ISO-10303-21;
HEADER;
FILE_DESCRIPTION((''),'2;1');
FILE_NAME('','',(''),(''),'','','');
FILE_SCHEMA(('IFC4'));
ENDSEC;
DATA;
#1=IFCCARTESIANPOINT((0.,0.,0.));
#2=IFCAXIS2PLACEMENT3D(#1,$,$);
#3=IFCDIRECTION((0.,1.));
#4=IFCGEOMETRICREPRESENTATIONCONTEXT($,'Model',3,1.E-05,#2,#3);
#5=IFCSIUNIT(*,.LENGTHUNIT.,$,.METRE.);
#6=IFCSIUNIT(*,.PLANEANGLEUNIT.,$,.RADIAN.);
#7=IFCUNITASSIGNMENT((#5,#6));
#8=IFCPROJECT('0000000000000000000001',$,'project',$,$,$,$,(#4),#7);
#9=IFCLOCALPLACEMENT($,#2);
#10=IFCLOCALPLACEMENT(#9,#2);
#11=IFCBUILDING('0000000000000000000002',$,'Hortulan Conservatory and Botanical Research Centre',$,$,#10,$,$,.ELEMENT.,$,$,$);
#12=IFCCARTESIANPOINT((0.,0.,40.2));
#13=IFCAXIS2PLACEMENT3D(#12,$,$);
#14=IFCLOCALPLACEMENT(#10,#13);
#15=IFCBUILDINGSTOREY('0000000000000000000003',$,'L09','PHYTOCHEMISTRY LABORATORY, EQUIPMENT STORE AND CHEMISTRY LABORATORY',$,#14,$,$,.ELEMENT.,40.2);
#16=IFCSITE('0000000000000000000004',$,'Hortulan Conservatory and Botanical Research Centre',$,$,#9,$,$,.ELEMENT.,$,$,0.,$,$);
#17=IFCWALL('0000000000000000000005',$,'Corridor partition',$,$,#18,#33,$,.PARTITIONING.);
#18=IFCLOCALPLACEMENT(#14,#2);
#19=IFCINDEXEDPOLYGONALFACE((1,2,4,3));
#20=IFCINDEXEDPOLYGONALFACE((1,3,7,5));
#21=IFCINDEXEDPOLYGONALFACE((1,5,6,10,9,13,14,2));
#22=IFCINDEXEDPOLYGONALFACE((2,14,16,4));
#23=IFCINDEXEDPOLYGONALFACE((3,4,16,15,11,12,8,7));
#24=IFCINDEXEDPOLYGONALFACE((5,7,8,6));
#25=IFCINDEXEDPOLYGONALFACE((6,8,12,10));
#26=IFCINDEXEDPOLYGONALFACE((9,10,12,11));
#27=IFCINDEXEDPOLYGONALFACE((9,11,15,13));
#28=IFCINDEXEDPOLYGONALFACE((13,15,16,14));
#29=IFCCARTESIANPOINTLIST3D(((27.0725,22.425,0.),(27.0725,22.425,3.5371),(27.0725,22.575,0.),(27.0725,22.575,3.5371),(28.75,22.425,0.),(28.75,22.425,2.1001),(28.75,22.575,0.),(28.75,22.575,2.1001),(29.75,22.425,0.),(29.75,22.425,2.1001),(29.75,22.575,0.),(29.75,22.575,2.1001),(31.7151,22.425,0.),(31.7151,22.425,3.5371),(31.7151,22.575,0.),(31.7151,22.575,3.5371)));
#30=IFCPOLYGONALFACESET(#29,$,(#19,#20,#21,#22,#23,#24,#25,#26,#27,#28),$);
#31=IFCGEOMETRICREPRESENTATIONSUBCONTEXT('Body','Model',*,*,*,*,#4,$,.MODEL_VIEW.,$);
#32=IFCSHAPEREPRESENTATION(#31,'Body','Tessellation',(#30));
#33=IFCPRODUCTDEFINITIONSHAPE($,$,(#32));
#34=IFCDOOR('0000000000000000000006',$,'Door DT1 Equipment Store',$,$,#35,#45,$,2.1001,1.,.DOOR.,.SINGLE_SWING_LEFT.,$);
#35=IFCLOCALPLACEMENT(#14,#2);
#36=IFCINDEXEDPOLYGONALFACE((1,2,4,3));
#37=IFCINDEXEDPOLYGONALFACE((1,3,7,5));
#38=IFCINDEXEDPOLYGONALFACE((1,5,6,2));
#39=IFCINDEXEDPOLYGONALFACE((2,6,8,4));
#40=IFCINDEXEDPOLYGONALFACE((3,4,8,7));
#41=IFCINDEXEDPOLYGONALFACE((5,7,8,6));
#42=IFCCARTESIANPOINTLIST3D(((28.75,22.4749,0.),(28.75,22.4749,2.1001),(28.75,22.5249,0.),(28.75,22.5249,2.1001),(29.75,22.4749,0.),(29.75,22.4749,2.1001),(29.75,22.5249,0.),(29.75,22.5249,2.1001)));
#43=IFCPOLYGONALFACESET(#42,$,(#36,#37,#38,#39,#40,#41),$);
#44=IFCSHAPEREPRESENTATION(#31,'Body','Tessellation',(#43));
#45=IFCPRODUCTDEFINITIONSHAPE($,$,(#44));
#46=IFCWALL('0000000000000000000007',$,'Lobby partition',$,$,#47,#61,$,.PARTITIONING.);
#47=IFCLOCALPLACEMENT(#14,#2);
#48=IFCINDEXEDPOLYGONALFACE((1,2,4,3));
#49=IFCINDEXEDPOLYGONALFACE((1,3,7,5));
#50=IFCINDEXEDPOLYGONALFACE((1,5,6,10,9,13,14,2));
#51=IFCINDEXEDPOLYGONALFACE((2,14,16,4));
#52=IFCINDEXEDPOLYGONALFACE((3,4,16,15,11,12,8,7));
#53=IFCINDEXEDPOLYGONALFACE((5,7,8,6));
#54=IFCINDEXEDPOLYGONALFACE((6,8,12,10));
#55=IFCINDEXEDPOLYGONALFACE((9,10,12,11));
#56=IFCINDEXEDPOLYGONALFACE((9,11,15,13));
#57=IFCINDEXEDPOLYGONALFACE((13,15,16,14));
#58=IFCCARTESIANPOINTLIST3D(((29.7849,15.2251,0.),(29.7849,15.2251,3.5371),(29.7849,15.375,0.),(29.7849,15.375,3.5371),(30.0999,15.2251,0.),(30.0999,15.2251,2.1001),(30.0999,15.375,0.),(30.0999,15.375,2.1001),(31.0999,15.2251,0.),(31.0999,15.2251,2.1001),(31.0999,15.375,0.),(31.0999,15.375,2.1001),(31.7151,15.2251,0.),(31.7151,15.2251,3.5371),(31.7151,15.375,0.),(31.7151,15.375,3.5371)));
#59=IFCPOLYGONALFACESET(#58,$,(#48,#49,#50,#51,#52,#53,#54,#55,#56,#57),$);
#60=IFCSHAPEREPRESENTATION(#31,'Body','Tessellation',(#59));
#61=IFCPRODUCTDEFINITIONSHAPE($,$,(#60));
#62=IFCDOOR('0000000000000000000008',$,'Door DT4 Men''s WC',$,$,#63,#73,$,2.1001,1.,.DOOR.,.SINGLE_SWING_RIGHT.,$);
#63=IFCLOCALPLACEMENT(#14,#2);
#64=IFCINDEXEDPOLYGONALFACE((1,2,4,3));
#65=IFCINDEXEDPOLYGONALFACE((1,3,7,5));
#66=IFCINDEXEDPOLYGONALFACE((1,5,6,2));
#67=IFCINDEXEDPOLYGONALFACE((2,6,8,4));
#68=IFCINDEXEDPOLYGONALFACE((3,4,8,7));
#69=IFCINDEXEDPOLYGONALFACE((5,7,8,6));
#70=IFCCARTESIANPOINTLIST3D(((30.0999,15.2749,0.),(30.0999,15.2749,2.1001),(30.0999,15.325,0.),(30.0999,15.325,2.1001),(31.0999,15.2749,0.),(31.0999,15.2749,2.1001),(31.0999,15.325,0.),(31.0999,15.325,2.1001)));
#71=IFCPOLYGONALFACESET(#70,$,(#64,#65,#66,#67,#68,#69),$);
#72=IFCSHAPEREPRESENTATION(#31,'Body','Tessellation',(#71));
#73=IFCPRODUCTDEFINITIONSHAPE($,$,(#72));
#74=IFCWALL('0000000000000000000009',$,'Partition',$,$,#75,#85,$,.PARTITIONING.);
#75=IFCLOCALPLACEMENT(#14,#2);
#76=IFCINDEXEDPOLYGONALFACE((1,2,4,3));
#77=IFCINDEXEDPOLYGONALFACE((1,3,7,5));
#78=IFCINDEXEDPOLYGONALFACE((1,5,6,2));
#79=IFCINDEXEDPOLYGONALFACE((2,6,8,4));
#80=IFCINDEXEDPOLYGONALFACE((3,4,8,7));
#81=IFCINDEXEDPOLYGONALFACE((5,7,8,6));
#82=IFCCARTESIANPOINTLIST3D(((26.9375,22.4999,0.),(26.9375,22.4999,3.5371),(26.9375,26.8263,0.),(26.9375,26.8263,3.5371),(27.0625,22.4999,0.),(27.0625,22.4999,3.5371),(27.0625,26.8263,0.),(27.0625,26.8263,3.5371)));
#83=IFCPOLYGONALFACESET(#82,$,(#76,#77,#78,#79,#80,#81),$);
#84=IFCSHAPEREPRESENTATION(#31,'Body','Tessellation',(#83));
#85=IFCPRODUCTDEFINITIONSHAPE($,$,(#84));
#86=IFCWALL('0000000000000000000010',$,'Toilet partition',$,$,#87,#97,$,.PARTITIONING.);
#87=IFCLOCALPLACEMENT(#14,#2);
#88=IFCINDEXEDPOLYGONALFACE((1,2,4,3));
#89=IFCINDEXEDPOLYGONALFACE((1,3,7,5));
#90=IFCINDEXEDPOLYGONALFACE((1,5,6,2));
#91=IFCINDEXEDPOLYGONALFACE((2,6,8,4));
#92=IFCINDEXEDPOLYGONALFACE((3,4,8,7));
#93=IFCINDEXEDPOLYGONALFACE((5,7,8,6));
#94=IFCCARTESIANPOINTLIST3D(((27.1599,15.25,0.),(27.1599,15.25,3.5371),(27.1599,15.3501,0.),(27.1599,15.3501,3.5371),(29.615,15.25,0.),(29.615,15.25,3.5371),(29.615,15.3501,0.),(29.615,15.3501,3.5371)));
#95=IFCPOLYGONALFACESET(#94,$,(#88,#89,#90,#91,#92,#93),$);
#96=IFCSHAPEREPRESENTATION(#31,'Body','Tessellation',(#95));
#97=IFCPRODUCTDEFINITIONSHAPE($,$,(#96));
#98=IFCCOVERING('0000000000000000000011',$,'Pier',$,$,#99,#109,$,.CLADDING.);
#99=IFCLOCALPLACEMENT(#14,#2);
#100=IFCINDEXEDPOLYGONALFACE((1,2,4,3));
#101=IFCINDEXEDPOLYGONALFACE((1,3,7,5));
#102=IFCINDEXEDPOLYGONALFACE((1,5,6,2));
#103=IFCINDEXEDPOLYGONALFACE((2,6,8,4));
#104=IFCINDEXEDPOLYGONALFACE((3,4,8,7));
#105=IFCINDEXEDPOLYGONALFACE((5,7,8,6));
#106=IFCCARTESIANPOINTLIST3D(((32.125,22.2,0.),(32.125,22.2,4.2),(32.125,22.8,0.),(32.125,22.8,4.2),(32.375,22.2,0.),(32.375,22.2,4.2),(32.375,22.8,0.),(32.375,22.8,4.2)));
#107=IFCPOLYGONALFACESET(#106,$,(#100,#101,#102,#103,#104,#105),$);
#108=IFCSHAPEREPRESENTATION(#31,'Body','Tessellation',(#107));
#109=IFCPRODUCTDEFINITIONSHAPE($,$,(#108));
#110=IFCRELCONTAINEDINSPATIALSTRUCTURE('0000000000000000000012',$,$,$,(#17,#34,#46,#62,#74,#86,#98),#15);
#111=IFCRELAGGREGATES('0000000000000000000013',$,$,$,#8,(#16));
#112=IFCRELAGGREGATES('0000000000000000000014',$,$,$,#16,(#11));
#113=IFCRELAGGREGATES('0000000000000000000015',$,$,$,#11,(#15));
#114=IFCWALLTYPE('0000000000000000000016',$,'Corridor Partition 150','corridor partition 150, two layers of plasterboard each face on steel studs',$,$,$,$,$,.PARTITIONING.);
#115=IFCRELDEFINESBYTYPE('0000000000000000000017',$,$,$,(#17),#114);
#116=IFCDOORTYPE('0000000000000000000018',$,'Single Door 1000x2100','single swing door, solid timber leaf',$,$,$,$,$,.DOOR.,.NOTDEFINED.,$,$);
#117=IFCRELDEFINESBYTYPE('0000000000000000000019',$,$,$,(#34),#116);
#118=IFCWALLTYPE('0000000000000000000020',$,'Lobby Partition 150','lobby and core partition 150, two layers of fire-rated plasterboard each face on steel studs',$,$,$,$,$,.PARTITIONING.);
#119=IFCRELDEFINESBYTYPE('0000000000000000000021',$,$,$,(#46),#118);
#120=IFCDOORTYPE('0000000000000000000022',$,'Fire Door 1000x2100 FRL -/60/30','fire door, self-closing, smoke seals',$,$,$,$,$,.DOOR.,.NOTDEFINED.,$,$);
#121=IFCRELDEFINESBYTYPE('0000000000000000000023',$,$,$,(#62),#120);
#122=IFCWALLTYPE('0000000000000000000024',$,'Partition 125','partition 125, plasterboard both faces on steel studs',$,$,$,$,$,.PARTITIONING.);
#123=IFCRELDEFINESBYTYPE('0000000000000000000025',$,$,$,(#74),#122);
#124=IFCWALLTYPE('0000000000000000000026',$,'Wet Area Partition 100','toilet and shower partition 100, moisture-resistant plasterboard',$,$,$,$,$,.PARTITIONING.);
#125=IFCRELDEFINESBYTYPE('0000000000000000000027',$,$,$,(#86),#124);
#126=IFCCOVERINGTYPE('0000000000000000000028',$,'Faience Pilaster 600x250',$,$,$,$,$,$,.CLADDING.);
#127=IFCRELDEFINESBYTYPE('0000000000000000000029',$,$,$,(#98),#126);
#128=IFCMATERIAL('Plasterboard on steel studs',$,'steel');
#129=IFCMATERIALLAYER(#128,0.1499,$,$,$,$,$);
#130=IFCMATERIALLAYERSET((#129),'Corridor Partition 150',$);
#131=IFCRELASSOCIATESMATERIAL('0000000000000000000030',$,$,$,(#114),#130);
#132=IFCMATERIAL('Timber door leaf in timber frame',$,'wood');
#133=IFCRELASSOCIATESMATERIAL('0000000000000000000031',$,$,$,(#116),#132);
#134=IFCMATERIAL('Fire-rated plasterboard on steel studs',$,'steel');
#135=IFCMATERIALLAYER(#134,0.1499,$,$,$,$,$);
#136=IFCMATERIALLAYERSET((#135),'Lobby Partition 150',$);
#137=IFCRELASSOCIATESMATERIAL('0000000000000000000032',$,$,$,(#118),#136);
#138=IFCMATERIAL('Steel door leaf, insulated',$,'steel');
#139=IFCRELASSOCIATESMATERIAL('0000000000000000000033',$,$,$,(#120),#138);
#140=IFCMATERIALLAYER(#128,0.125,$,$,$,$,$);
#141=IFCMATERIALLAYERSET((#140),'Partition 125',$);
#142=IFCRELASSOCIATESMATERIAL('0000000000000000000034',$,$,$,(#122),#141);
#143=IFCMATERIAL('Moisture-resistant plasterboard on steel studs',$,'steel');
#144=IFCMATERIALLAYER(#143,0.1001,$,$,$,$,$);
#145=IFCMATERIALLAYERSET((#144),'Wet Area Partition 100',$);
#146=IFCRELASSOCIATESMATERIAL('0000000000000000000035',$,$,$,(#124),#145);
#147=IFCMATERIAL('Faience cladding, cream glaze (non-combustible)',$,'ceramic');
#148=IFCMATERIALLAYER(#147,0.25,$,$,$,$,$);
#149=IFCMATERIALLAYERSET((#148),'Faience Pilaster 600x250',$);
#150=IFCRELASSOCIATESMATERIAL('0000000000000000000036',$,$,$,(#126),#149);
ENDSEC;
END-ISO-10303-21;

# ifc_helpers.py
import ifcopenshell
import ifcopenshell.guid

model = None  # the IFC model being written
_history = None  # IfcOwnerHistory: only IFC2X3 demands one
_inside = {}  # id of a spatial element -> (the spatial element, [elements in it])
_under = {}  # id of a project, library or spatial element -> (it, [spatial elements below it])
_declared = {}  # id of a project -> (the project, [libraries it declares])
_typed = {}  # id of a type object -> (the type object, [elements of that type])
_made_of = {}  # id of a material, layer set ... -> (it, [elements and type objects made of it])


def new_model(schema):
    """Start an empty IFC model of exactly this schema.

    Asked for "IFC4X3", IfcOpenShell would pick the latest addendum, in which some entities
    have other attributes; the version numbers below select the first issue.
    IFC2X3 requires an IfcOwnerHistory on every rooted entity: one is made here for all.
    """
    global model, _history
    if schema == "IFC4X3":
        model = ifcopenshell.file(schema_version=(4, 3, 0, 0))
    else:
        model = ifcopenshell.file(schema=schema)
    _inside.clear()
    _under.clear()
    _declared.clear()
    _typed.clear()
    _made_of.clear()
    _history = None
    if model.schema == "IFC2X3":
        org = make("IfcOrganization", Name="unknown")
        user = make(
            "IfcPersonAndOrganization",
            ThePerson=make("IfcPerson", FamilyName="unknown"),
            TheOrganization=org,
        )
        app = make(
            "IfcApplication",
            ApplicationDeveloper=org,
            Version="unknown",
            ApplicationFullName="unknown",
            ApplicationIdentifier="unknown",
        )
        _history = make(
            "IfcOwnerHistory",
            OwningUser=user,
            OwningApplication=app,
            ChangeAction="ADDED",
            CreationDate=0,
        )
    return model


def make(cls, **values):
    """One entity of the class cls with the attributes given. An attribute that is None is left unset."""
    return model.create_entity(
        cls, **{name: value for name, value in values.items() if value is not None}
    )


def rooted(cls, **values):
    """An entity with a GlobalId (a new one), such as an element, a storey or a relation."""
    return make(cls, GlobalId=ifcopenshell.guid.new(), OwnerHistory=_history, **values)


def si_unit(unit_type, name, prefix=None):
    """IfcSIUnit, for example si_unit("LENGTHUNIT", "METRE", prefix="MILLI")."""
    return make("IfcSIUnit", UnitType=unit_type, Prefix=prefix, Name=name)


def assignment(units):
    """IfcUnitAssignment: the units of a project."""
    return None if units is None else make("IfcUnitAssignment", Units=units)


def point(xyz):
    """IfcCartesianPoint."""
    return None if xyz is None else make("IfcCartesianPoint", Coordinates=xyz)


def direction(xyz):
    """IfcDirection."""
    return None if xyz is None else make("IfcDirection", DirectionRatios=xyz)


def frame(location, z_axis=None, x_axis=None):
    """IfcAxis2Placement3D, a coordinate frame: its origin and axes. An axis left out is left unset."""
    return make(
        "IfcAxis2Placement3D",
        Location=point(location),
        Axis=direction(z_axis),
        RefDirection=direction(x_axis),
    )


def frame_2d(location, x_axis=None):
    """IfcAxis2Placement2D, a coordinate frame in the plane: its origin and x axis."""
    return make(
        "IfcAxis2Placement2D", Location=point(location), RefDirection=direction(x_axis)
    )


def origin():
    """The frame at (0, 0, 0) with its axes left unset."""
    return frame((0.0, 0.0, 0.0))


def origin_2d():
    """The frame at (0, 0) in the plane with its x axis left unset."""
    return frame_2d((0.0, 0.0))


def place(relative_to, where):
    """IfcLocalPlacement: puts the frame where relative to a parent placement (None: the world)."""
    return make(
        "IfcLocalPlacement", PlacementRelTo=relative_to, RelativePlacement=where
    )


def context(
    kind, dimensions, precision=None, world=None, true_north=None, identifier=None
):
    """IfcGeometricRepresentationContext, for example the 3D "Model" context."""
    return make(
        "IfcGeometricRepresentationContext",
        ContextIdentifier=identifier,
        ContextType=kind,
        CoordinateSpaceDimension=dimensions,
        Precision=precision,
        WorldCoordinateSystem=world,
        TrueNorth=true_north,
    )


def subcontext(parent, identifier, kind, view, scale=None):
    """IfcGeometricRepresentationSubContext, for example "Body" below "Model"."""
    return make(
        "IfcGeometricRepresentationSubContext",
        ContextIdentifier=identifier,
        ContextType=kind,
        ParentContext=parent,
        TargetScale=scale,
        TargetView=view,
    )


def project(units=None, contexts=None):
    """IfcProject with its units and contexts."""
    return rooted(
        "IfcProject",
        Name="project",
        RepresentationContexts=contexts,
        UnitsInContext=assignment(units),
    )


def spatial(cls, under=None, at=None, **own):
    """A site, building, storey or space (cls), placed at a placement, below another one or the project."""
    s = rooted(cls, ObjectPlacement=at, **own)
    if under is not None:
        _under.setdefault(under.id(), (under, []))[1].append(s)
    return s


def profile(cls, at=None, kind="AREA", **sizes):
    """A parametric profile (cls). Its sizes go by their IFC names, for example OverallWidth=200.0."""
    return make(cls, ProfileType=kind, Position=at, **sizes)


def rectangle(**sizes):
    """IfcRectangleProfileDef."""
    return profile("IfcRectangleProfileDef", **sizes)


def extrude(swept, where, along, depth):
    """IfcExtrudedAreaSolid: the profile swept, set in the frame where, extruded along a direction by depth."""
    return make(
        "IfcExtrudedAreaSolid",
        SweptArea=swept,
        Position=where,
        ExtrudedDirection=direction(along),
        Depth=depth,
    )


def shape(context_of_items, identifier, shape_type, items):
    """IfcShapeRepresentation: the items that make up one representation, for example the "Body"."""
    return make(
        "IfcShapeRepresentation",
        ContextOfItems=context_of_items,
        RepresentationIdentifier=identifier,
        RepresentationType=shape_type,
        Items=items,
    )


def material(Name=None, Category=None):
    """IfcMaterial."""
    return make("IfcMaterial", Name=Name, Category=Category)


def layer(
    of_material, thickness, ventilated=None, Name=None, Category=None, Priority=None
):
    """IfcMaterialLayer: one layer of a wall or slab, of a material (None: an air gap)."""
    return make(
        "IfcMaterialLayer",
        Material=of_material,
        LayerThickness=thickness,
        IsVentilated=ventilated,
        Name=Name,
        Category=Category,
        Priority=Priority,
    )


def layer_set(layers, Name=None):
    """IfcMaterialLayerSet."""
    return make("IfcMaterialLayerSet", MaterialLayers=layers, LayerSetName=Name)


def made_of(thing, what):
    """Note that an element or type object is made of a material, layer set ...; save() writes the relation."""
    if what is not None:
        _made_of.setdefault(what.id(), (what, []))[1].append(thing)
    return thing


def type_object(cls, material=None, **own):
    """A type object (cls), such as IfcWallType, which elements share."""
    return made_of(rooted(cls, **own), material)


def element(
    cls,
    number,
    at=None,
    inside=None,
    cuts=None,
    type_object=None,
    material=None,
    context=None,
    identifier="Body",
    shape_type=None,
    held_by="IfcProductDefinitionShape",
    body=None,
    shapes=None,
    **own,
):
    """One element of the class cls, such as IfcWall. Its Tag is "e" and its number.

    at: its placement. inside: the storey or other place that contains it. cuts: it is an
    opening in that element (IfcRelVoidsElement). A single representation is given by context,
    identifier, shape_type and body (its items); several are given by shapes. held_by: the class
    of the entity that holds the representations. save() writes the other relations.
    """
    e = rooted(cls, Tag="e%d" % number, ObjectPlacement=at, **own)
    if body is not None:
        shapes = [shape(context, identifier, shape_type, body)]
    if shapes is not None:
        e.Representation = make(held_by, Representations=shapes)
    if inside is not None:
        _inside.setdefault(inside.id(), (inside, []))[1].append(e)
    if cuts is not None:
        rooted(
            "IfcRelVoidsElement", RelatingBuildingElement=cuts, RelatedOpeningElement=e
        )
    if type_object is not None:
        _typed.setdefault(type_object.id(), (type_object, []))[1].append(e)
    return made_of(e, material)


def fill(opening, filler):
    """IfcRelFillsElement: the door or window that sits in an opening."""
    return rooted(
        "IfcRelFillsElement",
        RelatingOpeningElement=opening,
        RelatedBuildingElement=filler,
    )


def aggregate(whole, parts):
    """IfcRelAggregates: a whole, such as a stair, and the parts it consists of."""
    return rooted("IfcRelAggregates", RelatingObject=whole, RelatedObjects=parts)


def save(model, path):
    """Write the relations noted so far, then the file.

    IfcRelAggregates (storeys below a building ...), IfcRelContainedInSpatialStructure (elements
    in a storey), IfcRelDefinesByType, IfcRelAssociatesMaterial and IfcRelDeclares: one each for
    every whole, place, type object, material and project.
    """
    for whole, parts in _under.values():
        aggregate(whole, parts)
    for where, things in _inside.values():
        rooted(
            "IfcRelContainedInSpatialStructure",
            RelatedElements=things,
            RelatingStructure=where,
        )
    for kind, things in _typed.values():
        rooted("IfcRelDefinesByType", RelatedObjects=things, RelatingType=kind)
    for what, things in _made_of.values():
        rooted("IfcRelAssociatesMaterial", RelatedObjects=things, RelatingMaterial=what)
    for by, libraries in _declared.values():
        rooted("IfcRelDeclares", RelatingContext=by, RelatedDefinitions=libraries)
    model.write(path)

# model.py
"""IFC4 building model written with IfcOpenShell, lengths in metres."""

from ifc_helpers import new_model, si_unit, direction, frame, frame_2d, origin, origin_2d, place, context, subcontext, project, spatial, rectangle, extrude, material, layer, layer_set, type_object, element, fill, save


model = new_model("IFC4")

# Units and contexts
model_context = context("Model", 3, precision=1e-05, world=origin(), true_north=direction((0.0, 1.0)))
body_context = subcontext(model_context, "Body", "Model", "MODEL_VIEW")
ifc_project = project(units=[si_unit("LENGTHUNIT", "METRE"), si_unit("PLANEANGLEUNIT", "RADIAN")], contexts=[model_context])

# Site, building, storey
site_placement = place(None, origin())
site = spatial("IfcSite", under=ifc_project, at=site_placement, Name="Hortulan Conservatory and Botanical Research Centre", CompositionType="ELEMENT", RefElevation=0.0)
building_placement = place(site_placement, origin())
building = spatial("IfcBuilding", under=site, at=building_placement, Name="Hortulan Conservatory and Botanical Research Centre", CompositionType="ELEMENT")
storey_placement = place(building_placement, frame((0.0, 0.0, 40.2)))
storey = spatial("IfcBuildingStorey", under=building, at=storey_placement, Name="L09", Description="PHYTOCHEMISTRY LABORATORY, EQUIPMENT STORE AND CHEMISTRY LABORATORY", CompositionType="ELEMENT", Elevation=40.2)

# Shared definitions
ifc_material_1 = material(Name="Plasterboard on steel studs", Category="steel")
ifc_layer_1 = layer(ifc_material_1, 0.1499)
ifc_layer_set_1 = layer_set([ifc_layer_1], Name="Corridor Partition 150")
wall_type_1 = type_object("IfcWallType", Name="Corridor Partition 150", Description="corridor partition 150, two layers of plasterboard each face on steel studs", PredefinedType="PARTITIONING", material=ifc_layer_set_1)

# Walls, openings, doors
wall_1_placement = place(storey_placement, frame((27.0725, 22.5, 0.0), z_axis=(0.0, 0.0, 1.0), x_axis=(1.0, 0.0, 0.0)))
wall_1 = element("IfcWall", 1, at=wall_1_placement, inside=storey, type_object=wall_type_1, Name="Corridor partition", PredefinedType="PARTITIONING", context=body_context, shape_type="SweptSolid", body=[
    extrude(rectangle(XDim=4.6426, YDim=0.1499, at=frame_2d((2.3213, 0.0))), origin(), (0.0, 0.0, 1.0), 3.5371),
])
opening_1_placement = place(wall_1_placement, frame((1.6775, 0.0, 0.0)))
opening_1 = element("IfcOpeningElement", 2, at=opening_1_placement, cuts=wall_1, PredefinedType="OPENING", context=body_context, shape_type="SweptSolid", body=[
    extrude(rectangle(XDim=1.0, YDim=2.1001, at=frame_2d((0.5, 1.05))), frame((0.0, 0.085, 0.0), z_axis=(0.0, -1.0, 0.0), x_axis=(1.0, 0.0, 0.0)), (0.0, 0.0, 1.0), 0.1699),
])
ifc_material_2 = material(Name="Timber door leaf in timber frame", Category="wood")
door_type_1 = type_object("IfcDoorType", Name="Single Door 1000x2100", Description="single swing door, solid timber leaf", OperationType="NOTDEFINED", PredefinedType="DOOR", material=ifc_material_2)
door_1_placement = place(opening_1_placement, origin())
door_1 = element("IfcDoor", 3, at=door_1_placement, inside=storey, type_object=door_type_1, Name="Door DT1 Equipment Store", OperationType="SINGLE_SWING_LEFT", OverallHeight=2.1001, OverallWidth=1.0, PredefinedType="DOOR", context=body_context, shape_type="SweptSolid", body=[
    extrude(rectangle(XDim=1.0, YDim=2.1001, at=frame_2d((0.5, 1.05))), frame((0.0, 0.0249, 0.0), z_axis=(0.0, -1.0, 0.0), x_axis=(1.0, 0.0, 0.0)), (0.0, 0.0, 1.0), 0.05),
])
fill(opening_1, door_1)
ifc_material_3 = material(Name="Fire-rated plasterboard on steel studs", Category="steel")
ifc_layer_2 = layer(ifc_material_3, 0.1499)
ifc_layer_set_2 = layer_set([ifc_layer_2], Name="Lobby Partition 150")
wall_type_2 = type_object("IfcWallType", Name="Lobby Partition 150", Description="lobby and core partition 150, two layers of fire-rated plasterboard each face on steel studs", PredefinedType="PARTITIONING", material=ifc_layer_set_2)
wall_2_placement = place(storey_placement, frame((29.7849, 15.3, 0.0), z_axis=(0.0, 0.0, 1.0), x_axis=(1.0, 0.0, 0.0)))
wall_2 = element("IfcWall", 4, at=wall_2_placement, inside=storey, type_object=wall_type_2, Name="Lobby partition", PredefinedType="PARTITIONING", context=body_context, shape_type="SweptSolid", body=[
    extrude(rectangle(XDim=1.9302, YDim=0.1499, at=frame_2d((0.9651, 0.0))), origin(), (0.0, 0.0, 1.0), 3.5371),
])
opening_2_placement = place(wall_2_placement, frame((0.3149, 0.0, 0.0)))
opening_2 = element("IfcOpeningElement", 5, at=opening_2_placement, cuts=wall_2, PredefinedType="OPENING", context=body_context, shape_type="SweptSolid", body=[
    extrude(rectangle(XDim=1.0, YDim=2.1001, at=frame_2d((0.5, 1.05))), frame((0.0, 0.085, 0.0), z_axis=(0.0, -1.0, 0.0), x_axis=(1.0, 0.0, 0.0)), (0.0, 0.0, 1.0), 0.1699),
])
ifc_material_4 = material(Name="Steel door leaf, insulated", Category="steel")
door_type_2 = type_object("IfcDoorType", Name="Fire Door 1000x2100 FRL -/60/30", Description="fire door, self-closing, smoke seals", OperationType="NOTDEFINED", PredefinedType="DOOR", material=ifc_material_4)
door_2_placement = place(opening_2_placement, origin())
door_2 = element("IfcDoor", 6, at=door_2_placement, inside=storey, type_object=door_type_2, Name="Door DT4 Men's WC", OperationType="SINGLE_SWING_RIGHT", OverallHeight=2.1001, OverallWidth=1.0, PredefinedType="DOOR", context=body_context, shape_type="SweptSolid", body=[
    extrude(rectangle(XDim=1.0, YDim=2.1001, at=frame_2d((0.5, 1.05))), frame((0.0, 0.0249, 0.0), z_axis=(0.0, -1.0, 0.0), x_axis=(1.0, 0.0, 0.0)), (0.0, 0.0, 1.0), 0.05),
])
fill(opening_2, door_2)

# Walls
ifc_layer_3 = layer(ifc_material_1, 0.125)
ifc_layer_set_3 = layer_set([ifc_layer_3], Name="Partition 125")
wall_type_3 = type_object("IfcWallType", Name="Partition 125", Description="partition 125, plasterboard both faces on steel studs", PredefinedType="PARTITIONING", material=ifc_layer_set_3)
wall_3_placement = place(storey_placement, frame((27.0, 22.5, 0.0), z_axis=(0.0, 0.0, 1.0), x_axis=(0.0, 1.0, 0.0)))
element("IfcWall", 7, at=wall_3_placement, inside=storey, type_object=wall_type_3, Name="Partition", PredefinedType="PARTITIONING", context=body_context, shape_type="SweptSolid", body=[
    extrude(rectangle(XDim=4.3264, YDim=0.125, at=frame_2d((2.1631, 0.0))), origin(), (0.0, 0.0, 1.0), 3.5371),
])
ifc_material_5 = material(Name="Moisture-resistant plasterboard on steel studs", Category="steel")
ifc_layer_4 = layer(ifc_material_5, 0.1001)
ifc_layer_set_4 = layer_set([ifc_layer_4], Name="Wet Area Partition 100")
wall_type_4 = type_object("IfcWallType", Name="Wet Area Partition 100", Description="toilet and shower partition 100, moisture-resistant plasterboard", PredefinedType="PARTITIONING", material=ifc_layer_set_4)
wall_4_placement = place(storey_placement, frame((27.1599, 15.3, 0.0), z_axis=(0.0, 0.0, 1.0), x_axis=(1.0, 0.0, 0.0)))
element("IfcWall", 8, at=wall_4_placement, inside=storey, type_object=wall_type_4, Name="Toilet partition", PredefinedType="PARTITIONING", context=body_context, shape_type="SweptSolid", body=[
    extrude(rectangle(XDim=2.4551, YDim=0.1001, at=frame_2d((1.2275, 0.0))), origin(), (0.0, 0.0, 1.0), 3.5371),
])

# Covering
ifc_material_6 = material(Name="Faience cladding, cream glaze (non-combustible)", Category="ceramic")
ifc_layer_5 = layer(ifc_material_6, 0.25)
ifc_layer_set_5 = layer_set([ifc_layer_5], Name="Faience Pilaster 600x250")
covering_type = type_object("IfcCoveringType", Name="Faience Pilaster 600x250", PredefinedType="CLADDING", material=ifc_layer_set_5)
covering_placement = place(storey_placement, frame((32.25, 22.5, 0.0), z_axis=(0.0, 0.0, 1.0), x_axis=(0.0, 1.0, 0.0)))
element("IfcCovering", 9, at=covering_placement, inside=storey, type_object=covering_type, Name="Pier", PredefinedType="CLADDING", context=body_context, shape_type="SweptSolid", body=[
    extrude(rectangle(XDim=0.6001, YDim=0.25, at=origin_2d()), origin(), (0.0, 0.0, 1.0), 4.2),
])

save(model, "model.ifc")
